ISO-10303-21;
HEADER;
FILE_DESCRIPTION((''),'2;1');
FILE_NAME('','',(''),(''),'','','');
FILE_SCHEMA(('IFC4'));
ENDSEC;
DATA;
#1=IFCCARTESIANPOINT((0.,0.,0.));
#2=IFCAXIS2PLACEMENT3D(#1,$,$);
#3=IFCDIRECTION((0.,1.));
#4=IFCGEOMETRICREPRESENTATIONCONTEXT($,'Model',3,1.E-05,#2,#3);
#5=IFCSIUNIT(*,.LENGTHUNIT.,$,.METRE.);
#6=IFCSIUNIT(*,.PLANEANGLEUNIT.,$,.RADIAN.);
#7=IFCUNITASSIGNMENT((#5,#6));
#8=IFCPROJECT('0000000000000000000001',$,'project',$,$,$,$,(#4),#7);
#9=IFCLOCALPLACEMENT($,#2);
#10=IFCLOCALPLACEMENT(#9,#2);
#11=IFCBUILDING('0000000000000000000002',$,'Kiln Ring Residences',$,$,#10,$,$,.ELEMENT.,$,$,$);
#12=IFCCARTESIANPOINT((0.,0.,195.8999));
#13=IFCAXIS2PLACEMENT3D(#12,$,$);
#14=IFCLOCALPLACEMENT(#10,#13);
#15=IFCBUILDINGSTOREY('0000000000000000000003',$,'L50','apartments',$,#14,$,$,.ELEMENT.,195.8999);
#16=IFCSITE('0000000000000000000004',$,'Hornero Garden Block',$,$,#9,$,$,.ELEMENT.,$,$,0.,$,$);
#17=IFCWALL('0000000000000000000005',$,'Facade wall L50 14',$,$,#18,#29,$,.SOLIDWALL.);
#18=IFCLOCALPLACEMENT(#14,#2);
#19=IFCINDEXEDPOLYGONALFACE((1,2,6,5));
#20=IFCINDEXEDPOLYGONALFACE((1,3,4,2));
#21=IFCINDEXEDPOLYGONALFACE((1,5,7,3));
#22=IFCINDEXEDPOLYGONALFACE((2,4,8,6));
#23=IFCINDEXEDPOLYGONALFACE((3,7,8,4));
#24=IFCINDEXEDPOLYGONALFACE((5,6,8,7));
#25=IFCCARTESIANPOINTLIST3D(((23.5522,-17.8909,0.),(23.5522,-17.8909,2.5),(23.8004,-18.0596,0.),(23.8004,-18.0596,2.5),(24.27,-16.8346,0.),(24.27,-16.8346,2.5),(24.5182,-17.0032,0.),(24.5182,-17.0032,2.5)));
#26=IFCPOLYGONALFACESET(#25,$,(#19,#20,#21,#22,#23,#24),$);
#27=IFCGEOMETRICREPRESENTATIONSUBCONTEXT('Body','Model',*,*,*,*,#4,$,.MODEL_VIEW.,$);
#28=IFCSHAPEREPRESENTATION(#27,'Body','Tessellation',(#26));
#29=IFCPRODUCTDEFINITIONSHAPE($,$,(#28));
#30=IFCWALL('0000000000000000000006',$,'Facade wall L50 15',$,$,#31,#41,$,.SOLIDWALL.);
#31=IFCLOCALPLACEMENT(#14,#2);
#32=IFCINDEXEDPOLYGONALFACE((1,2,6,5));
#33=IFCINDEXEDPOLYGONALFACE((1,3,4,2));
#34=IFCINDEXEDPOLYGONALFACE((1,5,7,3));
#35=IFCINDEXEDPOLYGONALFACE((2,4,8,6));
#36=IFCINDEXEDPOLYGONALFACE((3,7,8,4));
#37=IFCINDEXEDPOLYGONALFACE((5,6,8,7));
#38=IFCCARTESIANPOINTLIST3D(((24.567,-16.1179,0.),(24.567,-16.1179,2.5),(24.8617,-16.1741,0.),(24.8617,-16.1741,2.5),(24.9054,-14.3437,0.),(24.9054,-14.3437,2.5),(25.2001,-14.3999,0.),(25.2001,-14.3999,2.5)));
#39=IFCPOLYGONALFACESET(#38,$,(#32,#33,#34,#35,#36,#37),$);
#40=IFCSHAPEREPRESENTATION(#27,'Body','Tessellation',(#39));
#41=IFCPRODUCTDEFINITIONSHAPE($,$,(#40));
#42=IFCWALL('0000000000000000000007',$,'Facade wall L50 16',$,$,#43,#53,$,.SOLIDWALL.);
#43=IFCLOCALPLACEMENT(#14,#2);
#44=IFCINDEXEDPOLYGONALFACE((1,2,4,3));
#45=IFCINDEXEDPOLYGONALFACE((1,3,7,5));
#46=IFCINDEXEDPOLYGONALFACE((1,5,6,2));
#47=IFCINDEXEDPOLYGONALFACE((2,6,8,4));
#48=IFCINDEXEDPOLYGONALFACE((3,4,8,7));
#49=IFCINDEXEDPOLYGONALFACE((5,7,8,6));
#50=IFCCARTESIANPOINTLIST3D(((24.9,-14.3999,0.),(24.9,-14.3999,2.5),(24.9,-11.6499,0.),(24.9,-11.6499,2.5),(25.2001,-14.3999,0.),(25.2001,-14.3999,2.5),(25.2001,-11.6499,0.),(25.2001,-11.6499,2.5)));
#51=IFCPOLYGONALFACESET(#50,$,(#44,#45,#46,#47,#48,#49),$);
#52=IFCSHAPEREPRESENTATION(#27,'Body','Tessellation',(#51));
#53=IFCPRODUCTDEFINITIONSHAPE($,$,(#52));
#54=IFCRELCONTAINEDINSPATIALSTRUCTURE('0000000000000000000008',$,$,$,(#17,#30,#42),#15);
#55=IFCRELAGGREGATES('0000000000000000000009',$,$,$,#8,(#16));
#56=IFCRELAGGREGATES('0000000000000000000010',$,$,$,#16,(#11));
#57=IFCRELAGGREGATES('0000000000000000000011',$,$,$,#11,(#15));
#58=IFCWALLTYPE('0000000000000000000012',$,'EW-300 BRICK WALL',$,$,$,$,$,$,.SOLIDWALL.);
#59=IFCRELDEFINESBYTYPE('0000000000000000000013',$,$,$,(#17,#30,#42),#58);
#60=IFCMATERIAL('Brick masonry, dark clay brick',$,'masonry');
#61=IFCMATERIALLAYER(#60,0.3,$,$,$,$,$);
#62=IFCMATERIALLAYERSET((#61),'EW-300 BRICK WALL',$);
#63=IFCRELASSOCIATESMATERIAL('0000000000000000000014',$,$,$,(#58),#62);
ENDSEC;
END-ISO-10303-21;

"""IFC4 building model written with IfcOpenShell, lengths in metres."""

from ifc_helpers import new_model, si_unit, direction, frame, frame_2d, origin, place, context, subcontext, project, spatial, rectangle, extrude, material, layer, layer_set, type_object, element, save


model = new_model("IFC4")

# Units and contexts
model_context = context("Model", 3, precision=1e-05, world=origin(), true_north=direction((0.0, 1.0)))
body_context = subcontext(model_context, "Body", "Model", "MODEL_VIEW")
ifc_project = project(units=[si_unit("LENGTHUNIT", "METRE"), si_unit("PLANEANGLEUNIT", "RADIAN")], contexts=[model_context])

# Site, building, storey
site_placement = place(None, origin())
site = spatial("IfcSite", under=ifc_project, at=site_placement, Name="Hornero Garden Block", CompositionType="ELEMENT", RefElevation=0.0)
building_placement = place(site_placement, origin())
building = spatial("IfcBuilding", under=site, at=building_placement, Name="Kiln Ring Residences", CompositionType="ELEMENT")
storey_placement = place(building_placement, frame((0.0, 0.0, 195.8999)))
storey = spatial("IfcBuildingStorey", under=building, at=storey_placement, Name="L50", Description="apartments", CompositionType="ELEMENT", Elevation=195.8999)

# Walls
ifc_material_1 = material(Name="Brick masonry, dark clay brick", Category="masonry")
ifc_layer_1 = layer(ifc_material_1, 0.3)
ifc_layer_set_1 = layer_set([ifc_layer_1], Name="EW-300 BRICK WALL")
wall_type_1 = type_object("IfcWallType", Name="EW-300 BRICK WALL", PredefinedType="SOLIDWALL", material=ifc_layer_set_1)
wall_1_placement = place(storey_placement, frame((23.6763, -17.9753, 0.0), z_axis=(0.0, 0.0, 1.0), x_axis=(0.562001, 0.827136, 0.0)))
element("IfcWall", 1, at=wall_1_placement, inside=storey, type_object=wall_type_1, Name="Facade wall L50 14", PredefinedType="SOLIDWALL", context=body_context, shape_type="SweptSolid", body=[
    extrude(rectangle(XDim=1.2771, YDim=0.3, at=frame_2d((0.6387, 0.0))), origin(), (0.0, 0.0, 1.0), 2.5),
])
wall_2_placement = place(storey_placement, frame((24.7144, -16.146, 0.0), z_axis=(0.0, 0.0, 1.0), x_axis=(0.187348, 0.982294, 0.0)))
element("IfcWall", 2, at=wall_2_placement, inside=storey, type_object=wall_type_1, Name="Facade wall L50 15", PredefinedType="SOLIDWALL", context=body_context, shape_type="SweptSolid", body=[
    extrude(rectangle(XDim=1.8062, YDim=0.3, at=frame_2d((0.9031, 0.0))), origin(), (0.0, 0.0, 1.0), 2.5),
])
wall_3_placement = place(storey_placement, frame((25.05, -14.3999, 0.0), z_axis=(0.0, 0.0, 1.0), x_axis=(0.0, 1.0, 0.0)))
element("IfcWall", 3, at=wall_3_placement, inside=storey, type_object=wall_type_1, Name="Facade wall L50 16", PredefinedType="SOLIDWALL", context=body_context, shape_type="SweptSolid", body=[
    extrude(rectangle(XDim=2.75, YDim=0.3, at=frame_2d((1.375, 0.0))), origin(), (0.0, 0.0, 1.0), 2.5),
])

save(model, "model.ifc")
